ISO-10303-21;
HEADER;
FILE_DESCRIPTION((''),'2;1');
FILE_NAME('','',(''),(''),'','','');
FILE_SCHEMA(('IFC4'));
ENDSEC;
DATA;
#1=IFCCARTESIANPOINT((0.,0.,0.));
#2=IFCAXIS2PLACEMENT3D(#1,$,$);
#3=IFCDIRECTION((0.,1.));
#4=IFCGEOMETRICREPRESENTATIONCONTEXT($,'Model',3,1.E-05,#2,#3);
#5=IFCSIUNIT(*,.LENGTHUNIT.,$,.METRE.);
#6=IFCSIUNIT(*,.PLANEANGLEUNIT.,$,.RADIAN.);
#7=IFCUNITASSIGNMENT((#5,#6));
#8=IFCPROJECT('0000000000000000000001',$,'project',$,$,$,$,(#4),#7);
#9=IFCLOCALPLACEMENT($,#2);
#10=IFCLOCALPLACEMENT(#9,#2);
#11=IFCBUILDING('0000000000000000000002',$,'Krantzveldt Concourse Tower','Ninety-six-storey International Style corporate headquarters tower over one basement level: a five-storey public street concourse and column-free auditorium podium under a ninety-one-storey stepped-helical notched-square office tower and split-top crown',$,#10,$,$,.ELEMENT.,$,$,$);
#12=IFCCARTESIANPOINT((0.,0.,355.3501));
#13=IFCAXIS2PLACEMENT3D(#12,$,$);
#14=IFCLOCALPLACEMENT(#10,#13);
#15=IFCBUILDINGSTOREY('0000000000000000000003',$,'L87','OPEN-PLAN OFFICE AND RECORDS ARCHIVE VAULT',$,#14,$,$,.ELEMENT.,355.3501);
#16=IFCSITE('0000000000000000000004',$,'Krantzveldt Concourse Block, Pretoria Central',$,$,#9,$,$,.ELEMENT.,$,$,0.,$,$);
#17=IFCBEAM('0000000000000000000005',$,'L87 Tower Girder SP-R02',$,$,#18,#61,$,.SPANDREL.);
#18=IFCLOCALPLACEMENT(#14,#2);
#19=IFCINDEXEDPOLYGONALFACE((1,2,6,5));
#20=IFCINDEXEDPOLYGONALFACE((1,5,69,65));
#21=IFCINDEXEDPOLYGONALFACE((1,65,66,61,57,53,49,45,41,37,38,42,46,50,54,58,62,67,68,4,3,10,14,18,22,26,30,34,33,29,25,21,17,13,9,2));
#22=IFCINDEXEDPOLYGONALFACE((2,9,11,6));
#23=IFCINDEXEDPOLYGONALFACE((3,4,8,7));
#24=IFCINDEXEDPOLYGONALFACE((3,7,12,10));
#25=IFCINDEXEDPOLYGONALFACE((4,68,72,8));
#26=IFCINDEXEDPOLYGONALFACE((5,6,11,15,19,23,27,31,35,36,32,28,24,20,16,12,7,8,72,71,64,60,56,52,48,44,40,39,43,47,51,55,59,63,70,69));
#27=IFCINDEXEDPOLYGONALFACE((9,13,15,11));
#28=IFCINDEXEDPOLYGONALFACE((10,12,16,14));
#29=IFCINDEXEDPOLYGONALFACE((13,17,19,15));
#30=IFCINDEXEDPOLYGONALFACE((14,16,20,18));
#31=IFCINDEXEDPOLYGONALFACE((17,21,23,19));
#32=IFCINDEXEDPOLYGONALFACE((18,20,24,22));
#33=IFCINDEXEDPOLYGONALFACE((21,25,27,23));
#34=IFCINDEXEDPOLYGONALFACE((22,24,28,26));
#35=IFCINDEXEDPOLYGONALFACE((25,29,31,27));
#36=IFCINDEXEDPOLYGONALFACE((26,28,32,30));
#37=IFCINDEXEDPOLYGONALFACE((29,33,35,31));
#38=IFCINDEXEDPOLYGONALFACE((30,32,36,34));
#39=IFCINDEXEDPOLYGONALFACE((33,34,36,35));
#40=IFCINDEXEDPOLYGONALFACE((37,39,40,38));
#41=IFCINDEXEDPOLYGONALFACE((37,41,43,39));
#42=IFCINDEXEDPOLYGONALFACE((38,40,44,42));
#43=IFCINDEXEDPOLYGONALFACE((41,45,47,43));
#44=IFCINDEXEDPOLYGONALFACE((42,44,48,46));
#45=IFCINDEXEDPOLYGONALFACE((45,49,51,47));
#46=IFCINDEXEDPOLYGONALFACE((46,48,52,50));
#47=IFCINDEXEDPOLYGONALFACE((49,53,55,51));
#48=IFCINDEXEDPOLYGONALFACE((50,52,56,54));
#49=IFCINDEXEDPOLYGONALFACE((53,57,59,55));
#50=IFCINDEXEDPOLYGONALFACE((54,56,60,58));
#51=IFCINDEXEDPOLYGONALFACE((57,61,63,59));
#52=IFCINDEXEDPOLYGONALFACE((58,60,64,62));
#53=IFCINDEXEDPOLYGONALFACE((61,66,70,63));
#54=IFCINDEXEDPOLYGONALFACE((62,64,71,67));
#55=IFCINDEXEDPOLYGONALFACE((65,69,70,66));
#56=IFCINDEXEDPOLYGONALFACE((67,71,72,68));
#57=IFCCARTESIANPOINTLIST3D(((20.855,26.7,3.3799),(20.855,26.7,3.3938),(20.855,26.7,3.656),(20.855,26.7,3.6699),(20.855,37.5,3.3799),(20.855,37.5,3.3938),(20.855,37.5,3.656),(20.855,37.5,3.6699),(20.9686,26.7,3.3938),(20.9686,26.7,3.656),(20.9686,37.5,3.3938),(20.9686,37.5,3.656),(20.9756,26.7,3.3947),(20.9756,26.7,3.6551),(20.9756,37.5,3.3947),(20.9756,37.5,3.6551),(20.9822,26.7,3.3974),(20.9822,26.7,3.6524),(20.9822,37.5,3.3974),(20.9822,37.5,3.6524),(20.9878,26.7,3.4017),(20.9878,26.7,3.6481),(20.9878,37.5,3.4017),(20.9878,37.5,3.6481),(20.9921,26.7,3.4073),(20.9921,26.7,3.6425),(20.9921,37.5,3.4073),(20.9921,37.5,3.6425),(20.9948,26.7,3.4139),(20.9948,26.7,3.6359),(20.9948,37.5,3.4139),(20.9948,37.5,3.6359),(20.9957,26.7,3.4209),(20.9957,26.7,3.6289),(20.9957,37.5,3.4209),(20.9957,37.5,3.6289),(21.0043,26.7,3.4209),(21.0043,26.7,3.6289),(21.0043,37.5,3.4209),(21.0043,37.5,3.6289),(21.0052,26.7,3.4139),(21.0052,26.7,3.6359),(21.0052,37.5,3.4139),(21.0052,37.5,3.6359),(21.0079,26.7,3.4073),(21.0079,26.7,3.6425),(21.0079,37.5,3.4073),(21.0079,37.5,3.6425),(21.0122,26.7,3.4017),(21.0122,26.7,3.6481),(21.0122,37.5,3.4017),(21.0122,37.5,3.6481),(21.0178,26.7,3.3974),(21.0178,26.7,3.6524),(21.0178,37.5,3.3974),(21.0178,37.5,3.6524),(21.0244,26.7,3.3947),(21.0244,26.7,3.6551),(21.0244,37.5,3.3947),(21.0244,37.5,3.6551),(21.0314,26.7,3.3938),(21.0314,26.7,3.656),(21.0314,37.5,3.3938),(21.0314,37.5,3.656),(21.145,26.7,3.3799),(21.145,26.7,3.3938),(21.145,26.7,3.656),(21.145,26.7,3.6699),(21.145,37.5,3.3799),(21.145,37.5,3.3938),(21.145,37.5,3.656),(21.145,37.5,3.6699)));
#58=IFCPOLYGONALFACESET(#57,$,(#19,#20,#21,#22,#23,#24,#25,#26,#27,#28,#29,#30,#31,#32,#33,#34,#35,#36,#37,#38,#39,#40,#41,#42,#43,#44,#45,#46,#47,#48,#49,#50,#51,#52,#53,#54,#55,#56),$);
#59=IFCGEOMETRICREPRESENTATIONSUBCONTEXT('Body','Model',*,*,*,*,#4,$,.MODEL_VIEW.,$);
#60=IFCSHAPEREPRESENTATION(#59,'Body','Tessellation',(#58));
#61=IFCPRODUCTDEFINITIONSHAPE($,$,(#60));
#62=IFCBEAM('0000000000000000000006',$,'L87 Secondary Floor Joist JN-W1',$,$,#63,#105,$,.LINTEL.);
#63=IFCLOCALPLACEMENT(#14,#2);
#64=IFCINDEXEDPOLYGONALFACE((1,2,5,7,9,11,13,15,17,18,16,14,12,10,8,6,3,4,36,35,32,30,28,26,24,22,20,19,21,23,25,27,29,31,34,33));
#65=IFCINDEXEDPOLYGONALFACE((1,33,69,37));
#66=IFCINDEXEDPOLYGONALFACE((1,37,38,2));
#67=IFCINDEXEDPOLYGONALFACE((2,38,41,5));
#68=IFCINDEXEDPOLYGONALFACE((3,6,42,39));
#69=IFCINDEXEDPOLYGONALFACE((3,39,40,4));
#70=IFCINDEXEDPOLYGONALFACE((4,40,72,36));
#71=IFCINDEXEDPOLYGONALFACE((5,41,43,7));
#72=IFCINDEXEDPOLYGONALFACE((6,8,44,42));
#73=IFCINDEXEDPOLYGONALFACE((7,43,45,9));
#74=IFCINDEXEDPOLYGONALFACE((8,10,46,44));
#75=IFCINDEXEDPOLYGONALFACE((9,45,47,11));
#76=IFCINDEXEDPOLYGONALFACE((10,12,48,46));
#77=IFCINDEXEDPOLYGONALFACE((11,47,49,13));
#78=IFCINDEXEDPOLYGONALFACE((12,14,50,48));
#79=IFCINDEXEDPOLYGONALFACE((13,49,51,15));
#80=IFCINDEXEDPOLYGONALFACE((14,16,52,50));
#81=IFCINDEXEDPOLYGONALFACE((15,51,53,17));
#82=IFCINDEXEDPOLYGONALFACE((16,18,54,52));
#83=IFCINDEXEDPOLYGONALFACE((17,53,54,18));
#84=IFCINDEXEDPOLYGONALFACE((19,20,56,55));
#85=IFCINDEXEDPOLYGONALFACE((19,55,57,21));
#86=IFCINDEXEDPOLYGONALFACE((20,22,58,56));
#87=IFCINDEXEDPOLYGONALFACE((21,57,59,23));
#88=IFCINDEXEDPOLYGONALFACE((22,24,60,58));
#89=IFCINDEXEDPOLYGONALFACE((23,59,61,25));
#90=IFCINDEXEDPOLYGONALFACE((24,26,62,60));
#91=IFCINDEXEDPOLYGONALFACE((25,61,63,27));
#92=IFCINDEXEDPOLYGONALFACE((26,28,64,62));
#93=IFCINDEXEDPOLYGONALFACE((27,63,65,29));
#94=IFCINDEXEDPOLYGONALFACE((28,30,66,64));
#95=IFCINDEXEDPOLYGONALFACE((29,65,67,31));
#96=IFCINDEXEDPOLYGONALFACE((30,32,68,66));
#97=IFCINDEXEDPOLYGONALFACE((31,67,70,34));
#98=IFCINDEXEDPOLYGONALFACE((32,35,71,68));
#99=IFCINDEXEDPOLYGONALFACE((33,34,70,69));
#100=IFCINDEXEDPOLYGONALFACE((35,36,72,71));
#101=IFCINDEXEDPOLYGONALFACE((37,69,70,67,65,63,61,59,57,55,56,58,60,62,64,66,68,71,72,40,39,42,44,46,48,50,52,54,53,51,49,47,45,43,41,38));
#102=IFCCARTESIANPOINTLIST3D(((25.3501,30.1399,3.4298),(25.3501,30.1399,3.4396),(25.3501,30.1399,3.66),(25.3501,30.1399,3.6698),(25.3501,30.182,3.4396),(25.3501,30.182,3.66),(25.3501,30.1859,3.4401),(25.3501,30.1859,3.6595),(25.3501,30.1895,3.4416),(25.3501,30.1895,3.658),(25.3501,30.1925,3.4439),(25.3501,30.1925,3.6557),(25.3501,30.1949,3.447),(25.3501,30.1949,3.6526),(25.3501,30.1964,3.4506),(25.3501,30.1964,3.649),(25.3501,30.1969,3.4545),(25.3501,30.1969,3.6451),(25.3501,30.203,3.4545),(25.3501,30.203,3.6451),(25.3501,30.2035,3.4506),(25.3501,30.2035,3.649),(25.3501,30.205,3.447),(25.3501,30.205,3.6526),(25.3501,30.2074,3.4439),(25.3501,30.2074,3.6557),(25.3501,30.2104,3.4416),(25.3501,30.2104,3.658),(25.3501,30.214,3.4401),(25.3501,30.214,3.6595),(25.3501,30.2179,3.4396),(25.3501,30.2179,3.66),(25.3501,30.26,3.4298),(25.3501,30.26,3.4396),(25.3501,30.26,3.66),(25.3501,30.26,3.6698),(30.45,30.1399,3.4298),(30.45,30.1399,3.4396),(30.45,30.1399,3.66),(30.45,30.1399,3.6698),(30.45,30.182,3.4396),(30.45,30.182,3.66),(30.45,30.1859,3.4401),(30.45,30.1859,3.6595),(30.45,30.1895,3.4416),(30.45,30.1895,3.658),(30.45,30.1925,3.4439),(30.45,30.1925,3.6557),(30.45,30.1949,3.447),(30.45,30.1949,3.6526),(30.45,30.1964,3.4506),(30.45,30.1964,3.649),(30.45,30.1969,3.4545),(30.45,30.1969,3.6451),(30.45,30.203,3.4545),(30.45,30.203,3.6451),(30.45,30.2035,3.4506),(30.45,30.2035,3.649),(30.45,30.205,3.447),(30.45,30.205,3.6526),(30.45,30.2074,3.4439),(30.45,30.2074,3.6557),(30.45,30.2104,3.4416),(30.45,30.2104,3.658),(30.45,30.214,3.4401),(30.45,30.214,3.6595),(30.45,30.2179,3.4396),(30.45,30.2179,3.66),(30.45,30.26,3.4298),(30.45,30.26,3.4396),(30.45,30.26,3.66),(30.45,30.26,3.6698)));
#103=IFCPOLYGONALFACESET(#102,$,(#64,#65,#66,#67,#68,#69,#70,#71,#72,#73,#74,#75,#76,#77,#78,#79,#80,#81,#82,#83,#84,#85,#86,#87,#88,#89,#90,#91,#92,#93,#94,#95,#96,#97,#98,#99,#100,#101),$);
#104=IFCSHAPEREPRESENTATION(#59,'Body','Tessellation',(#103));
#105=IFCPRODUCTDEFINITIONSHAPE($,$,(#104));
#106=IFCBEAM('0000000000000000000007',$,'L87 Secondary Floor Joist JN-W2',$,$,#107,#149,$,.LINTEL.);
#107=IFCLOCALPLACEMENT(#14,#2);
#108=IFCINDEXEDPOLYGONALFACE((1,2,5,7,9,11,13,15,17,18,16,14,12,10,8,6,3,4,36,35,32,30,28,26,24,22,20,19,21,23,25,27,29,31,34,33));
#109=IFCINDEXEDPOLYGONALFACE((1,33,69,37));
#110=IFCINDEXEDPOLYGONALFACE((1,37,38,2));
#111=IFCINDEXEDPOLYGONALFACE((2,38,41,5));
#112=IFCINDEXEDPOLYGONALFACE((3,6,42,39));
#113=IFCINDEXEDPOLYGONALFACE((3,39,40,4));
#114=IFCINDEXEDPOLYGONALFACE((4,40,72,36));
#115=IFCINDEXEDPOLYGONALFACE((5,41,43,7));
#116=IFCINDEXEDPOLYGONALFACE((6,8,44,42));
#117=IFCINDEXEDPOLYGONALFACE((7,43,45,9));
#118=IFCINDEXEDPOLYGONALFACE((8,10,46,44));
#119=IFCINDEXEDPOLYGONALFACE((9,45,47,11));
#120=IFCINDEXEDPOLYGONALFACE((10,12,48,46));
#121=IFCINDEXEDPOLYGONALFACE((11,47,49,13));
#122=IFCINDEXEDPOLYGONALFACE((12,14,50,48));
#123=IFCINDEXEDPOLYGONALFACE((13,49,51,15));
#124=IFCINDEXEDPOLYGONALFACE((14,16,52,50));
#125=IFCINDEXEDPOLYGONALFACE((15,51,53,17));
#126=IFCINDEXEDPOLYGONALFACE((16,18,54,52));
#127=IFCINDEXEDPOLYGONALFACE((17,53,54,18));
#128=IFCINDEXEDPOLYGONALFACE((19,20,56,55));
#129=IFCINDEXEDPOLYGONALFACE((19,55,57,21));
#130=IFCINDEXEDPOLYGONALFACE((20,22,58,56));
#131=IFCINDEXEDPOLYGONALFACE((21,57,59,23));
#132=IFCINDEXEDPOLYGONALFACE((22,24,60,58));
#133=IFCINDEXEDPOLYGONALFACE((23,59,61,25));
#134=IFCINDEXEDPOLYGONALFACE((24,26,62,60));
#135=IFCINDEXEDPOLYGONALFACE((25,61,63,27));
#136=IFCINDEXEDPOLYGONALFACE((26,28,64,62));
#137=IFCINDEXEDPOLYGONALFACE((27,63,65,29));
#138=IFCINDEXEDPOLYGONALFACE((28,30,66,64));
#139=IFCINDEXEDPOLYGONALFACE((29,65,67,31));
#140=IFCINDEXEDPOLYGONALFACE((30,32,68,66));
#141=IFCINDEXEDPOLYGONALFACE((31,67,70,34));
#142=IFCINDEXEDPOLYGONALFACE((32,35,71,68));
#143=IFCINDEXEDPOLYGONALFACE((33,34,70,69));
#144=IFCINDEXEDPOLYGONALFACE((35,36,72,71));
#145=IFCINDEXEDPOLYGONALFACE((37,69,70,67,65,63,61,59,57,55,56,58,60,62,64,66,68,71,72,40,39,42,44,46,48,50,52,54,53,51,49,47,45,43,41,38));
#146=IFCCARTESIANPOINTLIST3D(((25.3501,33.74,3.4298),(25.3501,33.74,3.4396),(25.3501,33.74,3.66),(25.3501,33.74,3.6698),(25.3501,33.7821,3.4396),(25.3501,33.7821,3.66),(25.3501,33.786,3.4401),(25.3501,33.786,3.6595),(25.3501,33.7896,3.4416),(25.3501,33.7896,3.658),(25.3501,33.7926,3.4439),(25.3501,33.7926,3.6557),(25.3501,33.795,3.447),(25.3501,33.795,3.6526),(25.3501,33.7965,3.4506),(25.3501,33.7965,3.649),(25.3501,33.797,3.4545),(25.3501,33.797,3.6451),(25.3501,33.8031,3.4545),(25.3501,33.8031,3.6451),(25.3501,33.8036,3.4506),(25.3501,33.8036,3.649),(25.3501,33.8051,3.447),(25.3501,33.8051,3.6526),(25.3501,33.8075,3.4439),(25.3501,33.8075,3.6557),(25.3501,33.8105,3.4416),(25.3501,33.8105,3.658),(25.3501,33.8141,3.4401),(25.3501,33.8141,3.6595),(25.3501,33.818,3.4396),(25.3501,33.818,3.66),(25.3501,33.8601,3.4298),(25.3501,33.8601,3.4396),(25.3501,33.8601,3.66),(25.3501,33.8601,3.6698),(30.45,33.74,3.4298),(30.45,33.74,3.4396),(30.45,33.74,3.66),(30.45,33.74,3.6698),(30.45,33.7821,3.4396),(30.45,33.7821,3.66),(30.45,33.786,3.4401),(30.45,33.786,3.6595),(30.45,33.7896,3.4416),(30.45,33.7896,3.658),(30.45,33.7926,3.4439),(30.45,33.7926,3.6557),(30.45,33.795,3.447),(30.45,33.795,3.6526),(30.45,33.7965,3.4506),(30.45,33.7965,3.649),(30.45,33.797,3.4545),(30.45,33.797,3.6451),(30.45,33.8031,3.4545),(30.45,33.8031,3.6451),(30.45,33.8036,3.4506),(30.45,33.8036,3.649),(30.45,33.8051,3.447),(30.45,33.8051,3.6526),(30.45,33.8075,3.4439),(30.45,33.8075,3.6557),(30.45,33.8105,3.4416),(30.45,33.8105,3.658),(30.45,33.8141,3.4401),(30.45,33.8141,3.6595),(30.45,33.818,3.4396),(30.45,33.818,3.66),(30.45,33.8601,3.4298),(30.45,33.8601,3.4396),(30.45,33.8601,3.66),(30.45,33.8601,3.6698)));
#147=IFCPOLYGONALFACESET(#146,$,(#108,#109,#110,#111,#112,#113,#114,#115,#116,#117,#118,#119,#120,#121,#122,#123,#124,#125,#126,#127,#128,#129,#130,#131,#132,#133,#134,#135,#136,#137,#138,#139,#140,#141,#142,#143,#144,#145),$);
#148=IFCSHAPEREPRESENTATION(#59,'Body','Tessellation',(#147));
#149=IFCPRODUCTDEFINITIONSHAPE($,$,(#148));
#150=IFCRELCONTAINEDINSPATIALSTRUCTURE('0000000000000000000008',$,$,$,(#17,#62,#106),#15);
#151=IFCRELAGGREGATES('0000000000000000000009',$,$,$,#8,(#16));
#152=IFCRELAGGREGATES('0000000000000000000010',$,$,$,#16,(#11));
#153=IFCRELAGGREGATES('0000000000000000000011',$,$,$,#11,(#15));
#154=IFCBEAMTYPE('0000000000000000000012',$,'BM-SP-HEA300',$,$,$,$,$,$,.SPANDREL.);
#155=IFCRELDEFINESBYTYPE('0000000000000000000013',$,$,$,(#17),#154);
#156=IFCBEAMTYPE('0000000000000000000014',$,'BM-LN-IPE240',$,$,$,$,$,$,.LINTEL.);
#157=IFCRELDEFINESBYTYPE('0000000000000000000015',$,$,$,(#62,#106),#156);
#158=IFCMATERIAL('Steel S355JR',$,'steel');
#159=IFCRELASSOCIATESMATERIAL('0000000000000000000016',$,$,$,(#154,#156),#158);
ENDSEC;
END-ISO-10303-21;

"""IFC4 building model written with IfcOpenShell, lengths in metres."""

from ifc_helpers import new_model, si_unit, direction, frame, origin, origin_2d, place, context, subcontext, project, spatial, i_section, extrude, source, transform, mapped, material, material_profile, profile_set, type_object, type_shapes, element, save


model = new_model("IFC4")

# Units and contexts
model_context = context("Model", 3, precision=1e-05, world=origin(), true_north=direction((0.0, 1.0)))
body_context = subcontext(model_context, "Body", "Model", "MODEL_VIEW")
ifc_project = project(units=[si_unit("LENGTHUNIT", "METRE"), si_unit("PLANEANGLEUNIT", "RADIAN")], contexts=[model_context])

# Site, building, storey
site_placement = place(None, origin())
site = spatial("IfcSite", under=ifc_project, at=site_placement, Name="Krantzveldt Concourse Block, Pretoria Central", CompositionType="ELEMENT", RefElevation=0.0)
building_placement = place(site_placement, origin())
building = spatial("IfcBuilding", under=site, at=building_placement, Name="Krantzveldt Concourse Tower", Description="Ninety-six-storey International Style corporate headquarters tower over one basement level: a five-storey public street concourse and column-free auditorium podium under a ninety-one-storey stepped-helical notched-square office tower and split-top crown", CompositionType="ELEMENT")
storey_placement = place(building_placement, frame((0.0, 0.0, 355.3501)))
storey = spatial("IfcBuildingStorey", under=building, at=storey_placement, Name="L87", Description="OPEN-PLAN OFFICE AND RECORDS ARCHIVE VAULT", CompositionType="ELEMENT", Elevation=355.3501)

# Beams
ifc_material_1 = material(Name="Steel S355JR", Category="steel")
ifc_material_profile_1 = material_profile(ifc_material_1, i_section(OverallWidth=0.29, OverallDepth=0.29, WebThickness=0.0085, FlangeThickness=0.0139, FilletRadius=0.0271, at=origin_2d()), Name="Steel S355JR", Category="steel")
ifc_profile_set_1 = profile_set([ifc_material_profile_1], Name="Steel S355JR - HEA 300")
beam_type_1 = type_object("IfcBeamType", Name="BM-SP-HEA300", PredefinedType="SPANDREL", material=ifc_profile_set_1)
shared_shape_1 = source(origin(), body_context, "Body", "SweptSolid", [
    extrude(i_section(OverallWidth=0.29, OverallDepth=0.29, WebThickness=0.0085, FlangeThickness=0.0139, FilletRadius=0.0271, at=origin_2d()), origin(), (0.0, 0.0, 1.0), 10.8),
])
type_shapes(beam_type_1, [shared_shape_1])
beam_1_placement = place(storey_placement, frame((21.0, 26.7, 3.5249), z_axis=(0.0, 1.0, 0.0), x_axis=(-1.0, 0.0, 0.0)))
element("IfcBeam", 1, at=beam_1_placement, inside=storey, type_object=beam_type_1, Name="L87 Tower Girder SP-R02", PredefinedType="SPANDREL", context=body_context, shape_type="MappedRepresentation", body=[
    mapped(shared_shape_1, transform((0.0, 0.0, 0.0), x_axis=(1.0, 0.0, 0.0), y_axis=(0.0, 1.0, 0.0), z_axis=(0.0, 0.0, 1.0), scale=1.0)),
])
ifc_material_profile_2 = material_profile(ifc_material_1, i_section(OverallWidth=0.1201, OverallDepth=0.24, WebThickness=0.0061, FlangeThickness=0.0098, FilletRadius=0.0149, at=origin_2d()), Name="Steel S355JR", Category="steel")
ifc_profile_set_2 = profile_set([ifc_material_profile_2], Name="Steel S355JR - IPE 240")
beam_type_2 = type_object("IfcBeamType", Name="BM-LN-IPE240", PredefinedType="LINTEL", material=ifc_profile_set_2)
shared_shape_2 = source(origin(), body_context, "Body", "SweptSolid", [
    extrude(i_section(OverallWidth=0.1201, OverallDepth=0.24, WebThickness=0.0061, FlangeThickness=0.0098, FilletRadius=0.0149, at=origin_2d()), origin(), (0.0, 0.0, 1.0), 5.0999),
])
type_shapes(beam_type_2, [shared_shape_2])
for number, where, z_axis, x_axis, name in (
    (2, (25.3501, 30.2, 3.5498), (1.0, 0.0, 0.0), (0.0, 1.0, 0.0), "L87 Secondary Floor Joist JN-W1"),
    (3, (25.3501, 33.8, 3.5498), (1.0, 0.0, 0.0), (0.0, 1.0, 0.0), "L87 Secondary Floor Joist JN-W2"),
):
    element("IfcBeam", number, at=place(storey_placement, frame(where, z_axis=z_axis, x_axis=x_axis)), inside=storey, type_object=beam_type_2, Name=name, PredefinedType="LINTEL", context=body_context, shape_type="MappedRepresentation", body=[
        mapped(shared_shape_2, transform((0.0, 0.0, 0.0), x_axis=(1.0, 0.0, 0.0), y_axis=(0.0, 1.0, 0.0), z_axis=(0.0, 0.0, 1.0), scale=1.0)),
    ])

save(model, "model.ifc")
